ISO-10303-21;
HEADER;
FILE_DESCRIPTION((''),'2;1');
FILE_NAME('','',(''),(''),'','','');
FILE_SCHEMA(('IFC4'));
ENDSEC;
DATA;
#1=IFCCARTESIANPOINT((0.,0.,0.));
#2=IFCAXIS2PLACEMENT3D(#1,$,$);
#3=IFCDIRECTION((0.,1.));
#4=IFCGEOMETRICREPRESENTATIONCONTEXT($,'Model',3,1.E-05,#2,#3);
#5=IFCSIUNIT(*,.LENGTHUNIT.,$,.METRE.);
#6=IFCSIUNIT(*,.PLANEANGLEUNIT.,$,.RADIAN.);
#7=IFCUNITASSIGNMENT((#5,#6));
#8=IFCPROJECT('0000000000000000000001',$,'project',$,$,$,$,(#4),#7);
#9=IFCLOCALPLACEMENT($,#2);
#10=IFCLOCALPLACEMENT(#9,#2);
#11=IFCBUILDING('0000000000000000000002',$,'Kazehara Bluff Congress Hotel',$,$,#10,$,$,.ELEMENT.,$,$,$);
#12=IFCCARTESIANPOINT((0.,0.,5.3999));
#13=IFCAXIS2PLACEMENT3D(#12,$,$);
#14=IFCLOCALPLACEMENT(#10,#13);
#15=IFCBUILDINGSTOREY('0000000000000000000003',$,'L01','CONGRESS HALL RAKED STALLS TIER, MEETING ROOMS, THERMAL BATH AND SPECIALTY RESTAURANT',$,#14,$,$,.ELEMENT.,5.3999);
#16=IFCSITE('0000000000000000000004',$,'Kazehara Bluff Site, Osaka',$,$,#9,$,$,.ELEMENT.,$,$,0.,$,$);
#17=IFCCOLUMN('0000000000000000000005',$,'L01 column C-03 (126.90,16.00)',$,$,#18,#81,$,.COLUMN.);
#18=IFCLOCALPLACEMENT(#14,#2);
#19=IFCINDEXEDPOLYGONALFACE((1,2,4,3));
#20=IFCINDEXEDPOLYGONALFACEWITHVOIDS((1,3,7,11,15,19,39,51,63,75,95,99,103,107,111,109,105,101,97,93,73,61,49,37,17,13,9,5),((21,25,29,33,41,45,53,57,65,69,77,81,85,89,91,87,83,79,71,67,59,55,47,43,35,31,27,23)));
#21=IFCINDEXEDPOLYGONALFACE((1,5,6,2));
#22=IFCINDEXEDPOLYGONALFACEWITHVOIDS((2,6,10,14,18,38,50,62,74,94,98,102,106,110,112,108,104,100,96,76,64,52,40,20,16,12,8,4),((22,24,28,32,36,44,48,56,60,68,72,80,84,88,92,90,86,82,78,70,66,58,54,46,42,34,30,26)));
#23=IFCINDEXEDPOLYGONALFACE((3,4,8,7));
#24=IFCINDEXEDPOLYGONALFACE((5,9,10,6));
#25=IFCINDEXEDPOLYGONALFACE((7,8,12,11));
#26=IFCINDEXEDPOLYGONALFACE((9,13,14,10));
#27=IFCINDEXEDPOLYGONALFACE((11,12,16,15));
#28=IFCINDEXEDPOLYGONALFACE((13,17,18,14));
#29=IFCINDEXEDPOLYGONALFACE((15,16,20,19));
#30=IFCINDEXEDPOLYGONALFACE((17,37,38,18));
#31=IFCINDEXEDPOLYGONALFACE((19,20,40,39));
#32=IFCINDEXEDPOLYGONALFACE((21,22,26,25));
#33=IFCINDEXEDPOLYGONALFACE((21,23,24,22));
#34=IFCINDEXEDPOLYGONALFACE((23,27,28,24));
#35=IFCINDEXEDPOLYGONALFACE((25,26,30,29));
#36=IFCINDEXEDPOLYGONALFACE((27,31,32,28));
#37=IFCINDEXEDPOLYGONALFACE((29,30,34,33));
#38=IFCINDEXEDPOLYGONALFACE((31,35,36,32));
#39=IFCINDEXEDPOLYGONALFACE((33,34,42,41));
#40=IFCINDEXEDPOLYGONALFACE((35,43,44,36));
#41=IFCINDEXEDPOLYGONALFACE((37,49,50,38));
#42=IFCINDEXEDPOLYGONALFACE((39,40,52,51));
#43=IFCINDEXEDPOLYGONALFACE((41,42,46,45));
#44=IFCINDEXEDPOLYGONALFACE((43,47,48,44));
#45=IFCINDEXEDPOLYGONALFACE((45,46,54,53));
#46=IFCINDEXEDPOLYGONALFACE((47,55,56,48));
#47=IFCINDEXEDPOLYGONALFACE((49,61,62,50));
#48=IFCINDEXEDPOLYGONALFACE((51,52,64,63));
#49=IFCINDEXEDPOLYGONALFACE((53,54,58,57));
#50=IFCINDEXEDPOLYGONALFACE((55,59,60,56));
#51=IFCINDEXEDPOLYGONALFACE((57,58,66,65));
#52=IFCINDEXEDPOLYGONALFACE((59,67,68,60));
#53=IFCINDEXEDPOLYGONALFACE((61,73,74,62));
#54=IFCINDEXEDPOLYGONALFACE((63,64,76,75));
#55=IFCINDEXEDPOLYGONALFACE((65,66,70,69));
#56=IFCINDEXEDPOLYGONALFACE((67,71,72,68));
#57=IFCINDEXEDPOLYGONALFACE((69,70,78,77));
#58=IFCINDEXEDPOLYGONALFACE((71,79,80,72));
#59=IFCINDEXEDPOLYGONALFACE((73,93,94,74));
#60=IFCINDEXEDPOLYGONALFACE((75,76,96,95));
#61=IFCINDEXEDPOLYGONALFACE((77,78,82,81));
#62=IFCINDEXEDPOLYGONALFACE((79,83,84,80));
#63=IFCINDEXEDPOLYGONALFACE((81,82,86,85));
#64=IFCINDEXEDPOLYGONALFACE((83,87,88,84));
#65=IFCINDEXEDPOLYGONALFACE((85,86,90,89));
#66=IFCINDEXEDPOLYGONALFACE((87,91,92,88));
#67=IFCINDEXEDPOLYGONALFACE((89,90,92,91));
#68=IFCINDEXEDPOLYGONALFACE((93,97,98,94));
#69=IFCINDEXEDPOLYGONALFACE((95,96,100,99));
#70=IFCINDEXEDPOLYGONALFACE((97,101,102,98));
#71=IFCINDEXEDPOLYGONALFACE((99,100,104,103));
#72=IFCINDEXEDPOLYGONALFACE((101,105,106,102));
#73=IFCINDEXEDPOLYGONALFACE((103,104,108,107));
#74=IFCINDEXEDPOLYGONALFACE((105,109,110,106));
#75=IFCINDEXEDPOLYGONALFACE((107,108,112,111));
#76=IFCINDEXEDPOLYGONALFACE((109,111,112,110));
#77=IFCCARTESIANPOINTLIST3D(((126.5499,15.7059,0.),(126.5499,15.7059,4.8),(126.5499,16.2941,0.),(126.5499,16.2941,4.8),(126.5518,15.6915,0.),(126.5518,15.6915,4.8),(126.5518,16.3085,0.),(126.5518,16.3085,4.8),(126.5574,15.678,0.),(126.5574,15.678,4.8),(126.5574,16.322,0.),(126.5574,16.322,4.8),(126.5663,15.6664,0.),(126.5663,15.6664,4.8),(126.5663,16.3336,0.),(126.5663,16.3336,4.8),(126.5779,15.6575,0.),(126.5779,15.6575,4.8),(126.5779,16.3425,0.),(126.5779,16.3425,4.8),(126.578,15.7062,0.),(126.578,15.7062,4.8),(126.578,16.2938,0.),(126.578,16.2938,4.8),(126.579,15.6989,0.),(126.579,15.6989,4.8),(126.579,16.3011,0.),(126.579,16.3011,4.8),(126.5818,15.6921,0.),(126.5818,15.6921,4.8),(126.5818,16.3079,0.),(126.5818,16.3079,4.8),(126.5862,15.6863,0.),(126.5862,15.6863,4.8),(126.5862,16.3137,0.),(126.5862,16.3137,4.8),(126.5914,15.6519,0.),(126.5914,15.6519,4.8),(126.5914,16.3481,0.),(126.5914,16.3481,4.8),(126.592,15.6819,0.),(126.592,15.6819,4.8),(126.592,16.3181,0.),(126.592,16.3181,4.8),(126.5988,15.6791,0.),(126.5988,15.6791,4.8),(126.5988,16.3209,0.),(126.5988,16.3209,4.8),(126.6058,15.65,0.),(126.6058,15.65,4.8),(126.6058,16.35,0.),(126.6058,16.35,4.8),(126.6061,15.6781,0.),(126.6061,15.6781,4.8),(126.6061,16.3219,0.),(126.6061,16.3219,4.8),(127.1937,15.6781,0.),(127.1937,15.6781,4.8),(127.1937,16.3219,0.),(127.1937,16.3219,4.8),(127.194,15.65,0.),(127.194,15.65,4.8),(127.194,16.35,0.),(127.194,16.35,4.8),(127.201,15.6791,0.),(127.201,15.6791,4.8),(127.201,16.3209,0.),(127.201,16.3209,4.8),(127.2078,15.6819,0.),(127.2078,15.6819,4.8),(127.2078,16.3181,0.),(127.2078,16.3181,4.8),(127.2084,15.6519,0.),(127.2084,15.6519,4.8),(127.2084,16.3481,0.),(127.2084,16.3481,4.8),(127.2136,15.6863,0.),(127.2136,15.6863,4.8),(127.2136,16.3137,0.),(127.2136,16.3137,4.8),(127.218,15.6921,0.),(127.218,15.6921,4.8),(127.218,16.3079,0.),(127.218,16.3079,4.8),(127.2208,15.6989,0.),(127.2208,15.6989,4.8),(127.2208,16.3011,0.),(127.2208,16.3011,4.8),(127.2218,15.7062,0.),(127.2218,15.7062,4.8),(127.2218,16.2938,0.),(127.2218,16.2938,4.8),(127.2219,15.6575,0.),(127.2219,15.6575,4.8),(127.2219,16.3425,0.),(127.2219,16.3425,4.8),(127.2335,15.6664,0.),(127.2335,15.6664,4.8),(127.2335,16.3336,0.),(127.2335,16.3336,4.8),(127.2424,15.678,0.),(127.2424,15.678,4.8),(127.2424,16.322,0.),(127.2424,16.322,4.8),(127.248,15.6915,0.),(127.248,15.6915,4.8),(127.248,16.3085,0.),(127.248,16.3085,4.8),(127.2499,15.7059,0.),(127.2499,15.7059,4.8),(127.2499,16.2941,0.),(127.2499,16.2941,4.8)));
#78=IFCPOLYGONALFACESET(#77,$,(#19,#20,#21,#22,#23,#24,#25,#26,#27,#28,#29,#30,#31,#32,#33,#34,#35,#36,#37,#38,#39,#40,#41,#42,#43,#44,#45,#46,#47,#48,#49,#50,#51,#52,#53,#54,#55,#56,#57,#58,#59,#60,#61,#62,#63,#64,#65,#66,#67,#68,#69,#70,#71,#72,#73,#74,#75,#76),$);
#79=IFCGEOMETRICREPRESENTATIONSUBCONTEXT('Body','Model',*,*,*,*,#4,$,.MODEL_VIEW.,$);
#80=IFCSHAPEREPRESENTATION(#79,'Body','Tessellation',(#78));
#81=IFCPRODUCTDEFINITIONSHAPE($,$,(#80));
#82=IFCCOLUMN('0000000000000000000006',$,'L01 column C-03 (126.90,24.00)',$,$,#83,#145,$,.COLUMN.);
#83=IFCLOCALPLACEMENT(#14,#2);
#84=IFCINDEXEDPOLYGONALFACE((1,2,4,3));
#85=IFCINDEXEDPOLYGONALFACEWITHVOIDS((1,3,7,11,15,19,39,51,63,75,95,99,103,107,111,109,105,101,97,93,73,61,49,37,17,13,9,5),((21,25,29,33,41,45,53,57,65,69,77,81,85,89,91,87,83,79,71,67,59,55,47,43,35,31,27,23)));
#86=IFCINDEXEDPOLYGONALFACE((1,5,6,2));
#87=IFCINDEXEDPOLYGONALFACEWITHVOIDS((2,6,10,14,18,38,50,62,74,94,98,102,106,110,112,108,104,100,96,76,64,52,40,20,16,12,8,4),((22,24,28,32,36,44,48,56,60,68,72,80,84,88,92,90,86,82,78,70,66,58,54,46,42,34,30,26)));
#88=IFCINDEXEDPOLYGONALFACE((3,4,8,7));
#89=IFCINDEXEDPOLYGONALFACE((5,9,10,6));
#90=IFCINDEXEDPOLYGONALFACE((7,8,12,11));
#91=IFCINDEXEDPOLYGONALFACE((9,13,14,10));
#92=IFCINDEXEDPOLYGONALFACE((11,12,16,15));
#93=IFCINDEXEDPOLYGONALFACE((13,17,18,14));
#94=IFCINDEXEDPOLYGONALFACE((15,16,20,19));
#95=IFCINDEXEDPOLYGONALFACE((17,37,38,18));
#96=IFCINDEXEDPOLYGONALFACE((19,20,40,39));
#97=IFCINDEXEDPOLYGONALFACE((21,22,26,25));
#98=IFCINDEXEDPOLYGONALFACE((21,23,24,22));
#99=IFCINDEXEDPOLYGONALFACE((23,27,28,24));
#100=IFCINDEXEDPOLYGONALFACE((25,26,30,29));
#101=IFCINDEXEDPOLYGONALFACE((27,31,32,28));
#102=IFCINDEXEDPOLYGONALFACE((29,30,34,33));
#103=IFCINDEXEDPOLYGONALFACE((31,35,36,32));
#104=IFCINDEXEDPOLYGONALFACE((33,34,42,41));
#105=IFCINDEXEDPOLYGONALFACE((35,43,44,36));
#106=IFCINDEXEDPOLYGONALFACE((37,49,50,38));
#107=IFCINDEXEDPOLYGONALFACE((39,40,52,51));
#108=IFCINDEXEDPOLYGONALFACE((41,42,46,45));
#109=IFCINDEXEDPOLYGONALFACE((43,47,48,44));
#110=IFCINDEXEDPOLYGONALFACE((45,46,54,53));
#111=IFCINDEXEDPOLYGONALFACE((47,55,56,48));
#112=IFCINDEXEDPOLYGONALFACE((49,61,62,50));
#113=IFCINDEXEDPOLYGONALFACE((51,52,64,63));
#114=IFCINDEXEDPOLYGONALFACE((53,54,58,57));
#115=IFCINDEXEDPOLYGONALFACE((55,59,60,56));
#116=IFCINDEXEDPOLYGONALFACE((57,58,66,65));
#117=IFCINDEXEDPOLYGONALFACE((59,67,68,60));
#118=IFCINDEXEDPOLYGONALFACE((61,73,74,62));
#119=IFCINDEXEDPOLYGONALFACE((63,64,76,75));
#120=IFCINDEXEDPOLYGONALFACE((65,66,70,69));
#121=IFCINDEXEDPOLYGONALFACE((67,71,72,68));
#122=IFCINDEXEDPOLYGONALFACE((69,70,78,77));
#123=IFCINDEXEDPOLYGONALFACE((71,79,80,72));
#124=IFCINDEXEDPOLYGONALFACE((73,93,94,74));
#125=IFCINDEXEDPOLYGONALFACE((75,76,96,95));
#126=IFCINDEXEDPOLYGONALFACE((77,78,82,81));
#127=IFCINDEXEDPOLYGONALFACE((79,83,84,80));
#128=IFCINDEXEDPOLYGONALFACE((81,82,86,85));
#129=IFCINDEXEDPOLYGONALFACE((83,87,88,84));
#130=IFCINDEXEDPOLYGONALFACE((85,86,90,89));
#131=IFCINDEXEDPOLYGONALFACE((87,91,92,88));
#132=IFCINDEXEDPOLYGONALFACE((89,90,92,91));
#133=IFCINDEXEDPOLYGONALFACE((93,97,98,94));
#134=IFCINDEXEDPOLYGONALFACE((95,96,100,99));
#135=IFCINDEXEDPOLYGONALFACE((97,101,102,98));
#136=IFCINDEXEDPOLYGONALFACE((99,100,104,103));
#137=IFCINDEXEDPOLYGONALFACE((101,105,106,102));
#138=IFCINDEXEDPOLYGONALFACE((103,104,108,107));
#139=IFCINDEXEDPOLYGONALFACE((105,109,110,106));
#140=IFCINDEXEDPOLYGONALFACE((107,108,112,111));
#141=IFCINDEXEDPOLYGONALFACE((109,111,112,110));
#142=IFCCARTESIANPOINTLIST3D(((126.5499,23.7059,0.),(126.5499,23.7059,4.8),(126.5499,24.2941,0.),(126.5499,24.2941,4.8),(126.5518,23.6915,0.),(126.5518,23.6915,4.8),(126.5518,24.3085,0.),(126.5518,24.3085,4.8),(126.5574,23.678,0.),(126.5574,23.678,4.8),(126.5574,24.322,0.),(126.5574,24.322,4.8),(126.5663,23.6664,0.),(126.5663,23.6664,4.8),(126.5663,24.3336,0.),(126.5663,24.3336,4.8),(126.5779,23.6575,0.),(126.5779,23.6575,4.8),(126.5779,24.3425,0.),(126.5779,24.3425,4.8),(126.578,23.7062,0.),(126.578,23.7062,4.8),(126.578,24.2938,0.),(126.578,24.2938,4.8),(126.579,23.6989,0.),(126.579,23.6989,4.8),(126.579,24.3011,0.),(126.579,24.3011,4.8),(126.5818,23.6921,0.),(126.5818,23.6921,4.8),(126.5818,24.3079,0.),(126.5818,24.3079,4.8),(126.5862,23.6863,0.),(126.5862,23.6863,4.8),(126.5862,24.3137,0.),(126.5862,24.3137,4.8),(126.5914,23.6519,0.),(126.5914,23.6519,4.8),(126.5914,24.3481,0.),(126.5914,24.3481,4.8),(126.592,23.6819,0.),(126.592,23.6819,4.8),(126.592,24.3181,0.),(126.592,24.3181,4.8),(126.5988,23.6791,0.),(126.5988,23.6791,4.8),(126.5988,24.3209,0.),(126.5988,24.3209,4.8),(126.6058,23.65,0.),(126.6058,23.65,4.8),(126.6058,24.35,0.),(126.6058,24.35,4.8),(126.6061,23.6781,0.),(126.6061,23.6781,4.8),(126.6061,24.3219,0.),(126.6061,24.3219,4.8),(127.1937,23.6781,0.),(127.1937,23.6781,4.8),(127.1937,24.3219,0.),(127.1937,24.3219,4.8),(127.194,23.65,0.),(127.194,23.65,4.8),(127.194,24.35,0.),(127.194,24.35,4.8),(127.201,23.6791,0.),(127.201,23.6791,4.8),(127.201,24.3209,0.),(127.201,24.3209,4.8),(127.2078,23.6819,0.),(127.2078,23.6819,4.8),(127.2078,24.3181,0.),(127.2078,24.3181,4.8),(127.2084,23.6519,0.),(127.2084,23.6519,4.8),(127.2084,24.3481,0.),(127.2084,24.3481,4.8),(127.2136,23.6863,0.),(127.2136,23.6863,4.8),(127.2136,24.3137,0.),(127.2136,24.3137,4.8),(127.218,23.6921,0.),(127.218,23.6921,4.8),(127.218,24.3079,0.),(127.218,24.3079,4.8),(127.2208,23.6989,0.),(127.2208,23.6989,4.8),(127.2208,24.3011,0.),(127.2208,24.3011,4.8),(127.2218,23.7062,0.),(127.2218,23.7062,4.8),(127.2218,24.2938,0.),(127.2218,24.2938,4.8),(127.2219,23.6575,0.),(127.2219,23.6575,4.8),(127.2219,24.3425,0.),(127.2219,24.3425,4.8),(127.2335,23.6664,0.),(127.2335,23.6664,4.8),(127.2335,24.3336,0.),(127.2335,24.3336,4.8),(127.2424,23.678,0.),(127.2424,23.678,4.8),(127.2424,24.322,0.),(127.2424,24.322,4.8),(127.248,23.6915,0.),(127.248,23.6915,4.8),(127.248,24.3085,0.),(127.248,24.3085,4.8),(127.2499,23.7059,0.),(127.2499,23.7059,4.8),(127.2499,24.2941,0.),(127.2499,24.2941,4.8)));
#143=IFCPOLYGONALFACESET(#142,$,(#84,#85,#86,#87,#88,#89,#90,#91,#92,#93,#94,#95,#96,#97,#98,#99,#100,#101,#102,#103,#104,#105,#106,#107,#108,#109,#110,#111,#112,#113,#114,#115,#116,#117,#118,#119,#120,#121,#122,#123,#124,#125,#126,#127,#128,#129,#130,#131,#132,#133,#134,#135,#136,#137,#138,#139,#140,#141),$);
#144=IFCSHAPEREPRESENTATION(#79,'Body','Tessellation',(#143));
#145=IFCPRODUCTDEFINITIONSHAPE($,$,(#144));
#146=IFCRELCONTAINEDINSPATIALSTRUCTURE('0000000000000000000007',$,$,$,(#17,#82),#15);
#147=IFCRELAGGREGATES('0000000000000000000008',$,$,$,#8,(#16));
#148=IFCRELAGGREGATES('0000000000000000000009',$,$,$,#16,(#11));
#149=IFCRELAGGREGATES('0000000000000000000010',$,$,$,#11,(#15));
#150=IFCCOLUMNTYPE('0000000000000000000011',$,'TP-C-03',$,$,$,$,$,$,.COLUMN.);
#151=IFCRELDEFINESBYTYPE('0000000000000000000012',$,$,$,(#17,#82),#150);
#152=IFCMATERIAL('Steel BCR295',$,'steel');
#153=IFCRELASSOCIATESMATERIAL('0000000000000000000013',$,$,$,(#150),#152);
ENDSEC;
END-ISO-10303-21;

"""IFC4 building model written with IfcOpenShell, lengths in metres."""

from ifc_helpers import new_model, si_unit, direction, frame, origin, origin_2d, place, context, subcontext, project, spatial, hollow_rectangle, extrude, material, material_profile, profile_set, type_object, element, save


model = new_model("IFC4")

# Units and contexts
model_context = context("Model", 3, precision=1e-05, world=origin(), true_north=direction((0.0, 1.0)))
body_context = subcontext(model_context, "Body", "Model", "MODEL_VIEW")
ifc_project = project(units=[si_unit("LENGTHUNIT", "METRE"), si_unit("PLANEANGLEUNIT", "RADIAN")], contexts=[model_context])

# Site, building, storey
site_placement = place(None, origin())
site = spatial("IfcSite", under=ifc_project, at=site_placement, Name="Kazehara Bluff Site, Osaka", CompositionType="ELEMENT", RefElevation=0.0)
building_placement = place(site_placement, origin())
building = spatial("IfcBuilding", under=site, at=building_placement, Name="Kazehara Bluff Congress Hotel", CompositionType="ELEMENT")
storey_placement = place(building_placement, frame((0.0, 0.0, 5.3999)))
storey = spatial("IfcBuildingStorey", under=building, at=storey_placement, Name="L01", Description="CONGRESS HALL RAKED STALLS TIER, MEETING ROOMS, THERMAL BATH AND SPECIALTY RESTAURANT", CompositionType="ELEMENT", Elevation=5.3999)

# Columns
ifc_material_1 = material(Name="Steel BCR295", Category="steel")
ifc_material_profile_1 = material_profile(ifc_material_1, hollow_rectangle(XDim=0.7, YDim=0.7, WallThickness=0.0281, InnerFilletRadius=0.0281, OuterFilletRadius=0.0559, at=origin_2d()))
ifc_profile_set_1 = profile_set([ifc_material_profile_1], Name="Steel BCR295")
column_type = type_object("IfcColumnType", Name="TP-C-03", PredefinedType="COLUMN", material=ifc_profile_set_1)
for number, where, z_axis, x_axis, name in (
    (1, (126.8999, 16.0, 0.0), (0.0, 0.0, 1.0), (1.0, 0.0, 0.0), "L01 column C-03 (126.90,16.00)"),
    (2, (126.8999, 24.0, 0.0), (0.0, 0.0, 1.0), (1.0, 0.0, 0.0), "L01 column C-03 (126.90,24.00)"),
):
    element("IfcColumn", number, at=place(storey_placement, frame(where, z_axis=z_axis, x_axis=x_axis)), inside=storey, type_object=column_type, Name=name, PredefinedType="COLUMN", context=body_context, shape_type="SweptSolid", body=[
        extrude(hollow_rectangle(XDim=0.7, YDim=0.7, WallThickness=0.0281, InnerFilletRadius=0.0281, OuterFilletRadius=0.0559, at=origin_2d()), origin(), (0.0, 0.0, 1.0), 4.8),
    ])

save(model, "model.ifc")
